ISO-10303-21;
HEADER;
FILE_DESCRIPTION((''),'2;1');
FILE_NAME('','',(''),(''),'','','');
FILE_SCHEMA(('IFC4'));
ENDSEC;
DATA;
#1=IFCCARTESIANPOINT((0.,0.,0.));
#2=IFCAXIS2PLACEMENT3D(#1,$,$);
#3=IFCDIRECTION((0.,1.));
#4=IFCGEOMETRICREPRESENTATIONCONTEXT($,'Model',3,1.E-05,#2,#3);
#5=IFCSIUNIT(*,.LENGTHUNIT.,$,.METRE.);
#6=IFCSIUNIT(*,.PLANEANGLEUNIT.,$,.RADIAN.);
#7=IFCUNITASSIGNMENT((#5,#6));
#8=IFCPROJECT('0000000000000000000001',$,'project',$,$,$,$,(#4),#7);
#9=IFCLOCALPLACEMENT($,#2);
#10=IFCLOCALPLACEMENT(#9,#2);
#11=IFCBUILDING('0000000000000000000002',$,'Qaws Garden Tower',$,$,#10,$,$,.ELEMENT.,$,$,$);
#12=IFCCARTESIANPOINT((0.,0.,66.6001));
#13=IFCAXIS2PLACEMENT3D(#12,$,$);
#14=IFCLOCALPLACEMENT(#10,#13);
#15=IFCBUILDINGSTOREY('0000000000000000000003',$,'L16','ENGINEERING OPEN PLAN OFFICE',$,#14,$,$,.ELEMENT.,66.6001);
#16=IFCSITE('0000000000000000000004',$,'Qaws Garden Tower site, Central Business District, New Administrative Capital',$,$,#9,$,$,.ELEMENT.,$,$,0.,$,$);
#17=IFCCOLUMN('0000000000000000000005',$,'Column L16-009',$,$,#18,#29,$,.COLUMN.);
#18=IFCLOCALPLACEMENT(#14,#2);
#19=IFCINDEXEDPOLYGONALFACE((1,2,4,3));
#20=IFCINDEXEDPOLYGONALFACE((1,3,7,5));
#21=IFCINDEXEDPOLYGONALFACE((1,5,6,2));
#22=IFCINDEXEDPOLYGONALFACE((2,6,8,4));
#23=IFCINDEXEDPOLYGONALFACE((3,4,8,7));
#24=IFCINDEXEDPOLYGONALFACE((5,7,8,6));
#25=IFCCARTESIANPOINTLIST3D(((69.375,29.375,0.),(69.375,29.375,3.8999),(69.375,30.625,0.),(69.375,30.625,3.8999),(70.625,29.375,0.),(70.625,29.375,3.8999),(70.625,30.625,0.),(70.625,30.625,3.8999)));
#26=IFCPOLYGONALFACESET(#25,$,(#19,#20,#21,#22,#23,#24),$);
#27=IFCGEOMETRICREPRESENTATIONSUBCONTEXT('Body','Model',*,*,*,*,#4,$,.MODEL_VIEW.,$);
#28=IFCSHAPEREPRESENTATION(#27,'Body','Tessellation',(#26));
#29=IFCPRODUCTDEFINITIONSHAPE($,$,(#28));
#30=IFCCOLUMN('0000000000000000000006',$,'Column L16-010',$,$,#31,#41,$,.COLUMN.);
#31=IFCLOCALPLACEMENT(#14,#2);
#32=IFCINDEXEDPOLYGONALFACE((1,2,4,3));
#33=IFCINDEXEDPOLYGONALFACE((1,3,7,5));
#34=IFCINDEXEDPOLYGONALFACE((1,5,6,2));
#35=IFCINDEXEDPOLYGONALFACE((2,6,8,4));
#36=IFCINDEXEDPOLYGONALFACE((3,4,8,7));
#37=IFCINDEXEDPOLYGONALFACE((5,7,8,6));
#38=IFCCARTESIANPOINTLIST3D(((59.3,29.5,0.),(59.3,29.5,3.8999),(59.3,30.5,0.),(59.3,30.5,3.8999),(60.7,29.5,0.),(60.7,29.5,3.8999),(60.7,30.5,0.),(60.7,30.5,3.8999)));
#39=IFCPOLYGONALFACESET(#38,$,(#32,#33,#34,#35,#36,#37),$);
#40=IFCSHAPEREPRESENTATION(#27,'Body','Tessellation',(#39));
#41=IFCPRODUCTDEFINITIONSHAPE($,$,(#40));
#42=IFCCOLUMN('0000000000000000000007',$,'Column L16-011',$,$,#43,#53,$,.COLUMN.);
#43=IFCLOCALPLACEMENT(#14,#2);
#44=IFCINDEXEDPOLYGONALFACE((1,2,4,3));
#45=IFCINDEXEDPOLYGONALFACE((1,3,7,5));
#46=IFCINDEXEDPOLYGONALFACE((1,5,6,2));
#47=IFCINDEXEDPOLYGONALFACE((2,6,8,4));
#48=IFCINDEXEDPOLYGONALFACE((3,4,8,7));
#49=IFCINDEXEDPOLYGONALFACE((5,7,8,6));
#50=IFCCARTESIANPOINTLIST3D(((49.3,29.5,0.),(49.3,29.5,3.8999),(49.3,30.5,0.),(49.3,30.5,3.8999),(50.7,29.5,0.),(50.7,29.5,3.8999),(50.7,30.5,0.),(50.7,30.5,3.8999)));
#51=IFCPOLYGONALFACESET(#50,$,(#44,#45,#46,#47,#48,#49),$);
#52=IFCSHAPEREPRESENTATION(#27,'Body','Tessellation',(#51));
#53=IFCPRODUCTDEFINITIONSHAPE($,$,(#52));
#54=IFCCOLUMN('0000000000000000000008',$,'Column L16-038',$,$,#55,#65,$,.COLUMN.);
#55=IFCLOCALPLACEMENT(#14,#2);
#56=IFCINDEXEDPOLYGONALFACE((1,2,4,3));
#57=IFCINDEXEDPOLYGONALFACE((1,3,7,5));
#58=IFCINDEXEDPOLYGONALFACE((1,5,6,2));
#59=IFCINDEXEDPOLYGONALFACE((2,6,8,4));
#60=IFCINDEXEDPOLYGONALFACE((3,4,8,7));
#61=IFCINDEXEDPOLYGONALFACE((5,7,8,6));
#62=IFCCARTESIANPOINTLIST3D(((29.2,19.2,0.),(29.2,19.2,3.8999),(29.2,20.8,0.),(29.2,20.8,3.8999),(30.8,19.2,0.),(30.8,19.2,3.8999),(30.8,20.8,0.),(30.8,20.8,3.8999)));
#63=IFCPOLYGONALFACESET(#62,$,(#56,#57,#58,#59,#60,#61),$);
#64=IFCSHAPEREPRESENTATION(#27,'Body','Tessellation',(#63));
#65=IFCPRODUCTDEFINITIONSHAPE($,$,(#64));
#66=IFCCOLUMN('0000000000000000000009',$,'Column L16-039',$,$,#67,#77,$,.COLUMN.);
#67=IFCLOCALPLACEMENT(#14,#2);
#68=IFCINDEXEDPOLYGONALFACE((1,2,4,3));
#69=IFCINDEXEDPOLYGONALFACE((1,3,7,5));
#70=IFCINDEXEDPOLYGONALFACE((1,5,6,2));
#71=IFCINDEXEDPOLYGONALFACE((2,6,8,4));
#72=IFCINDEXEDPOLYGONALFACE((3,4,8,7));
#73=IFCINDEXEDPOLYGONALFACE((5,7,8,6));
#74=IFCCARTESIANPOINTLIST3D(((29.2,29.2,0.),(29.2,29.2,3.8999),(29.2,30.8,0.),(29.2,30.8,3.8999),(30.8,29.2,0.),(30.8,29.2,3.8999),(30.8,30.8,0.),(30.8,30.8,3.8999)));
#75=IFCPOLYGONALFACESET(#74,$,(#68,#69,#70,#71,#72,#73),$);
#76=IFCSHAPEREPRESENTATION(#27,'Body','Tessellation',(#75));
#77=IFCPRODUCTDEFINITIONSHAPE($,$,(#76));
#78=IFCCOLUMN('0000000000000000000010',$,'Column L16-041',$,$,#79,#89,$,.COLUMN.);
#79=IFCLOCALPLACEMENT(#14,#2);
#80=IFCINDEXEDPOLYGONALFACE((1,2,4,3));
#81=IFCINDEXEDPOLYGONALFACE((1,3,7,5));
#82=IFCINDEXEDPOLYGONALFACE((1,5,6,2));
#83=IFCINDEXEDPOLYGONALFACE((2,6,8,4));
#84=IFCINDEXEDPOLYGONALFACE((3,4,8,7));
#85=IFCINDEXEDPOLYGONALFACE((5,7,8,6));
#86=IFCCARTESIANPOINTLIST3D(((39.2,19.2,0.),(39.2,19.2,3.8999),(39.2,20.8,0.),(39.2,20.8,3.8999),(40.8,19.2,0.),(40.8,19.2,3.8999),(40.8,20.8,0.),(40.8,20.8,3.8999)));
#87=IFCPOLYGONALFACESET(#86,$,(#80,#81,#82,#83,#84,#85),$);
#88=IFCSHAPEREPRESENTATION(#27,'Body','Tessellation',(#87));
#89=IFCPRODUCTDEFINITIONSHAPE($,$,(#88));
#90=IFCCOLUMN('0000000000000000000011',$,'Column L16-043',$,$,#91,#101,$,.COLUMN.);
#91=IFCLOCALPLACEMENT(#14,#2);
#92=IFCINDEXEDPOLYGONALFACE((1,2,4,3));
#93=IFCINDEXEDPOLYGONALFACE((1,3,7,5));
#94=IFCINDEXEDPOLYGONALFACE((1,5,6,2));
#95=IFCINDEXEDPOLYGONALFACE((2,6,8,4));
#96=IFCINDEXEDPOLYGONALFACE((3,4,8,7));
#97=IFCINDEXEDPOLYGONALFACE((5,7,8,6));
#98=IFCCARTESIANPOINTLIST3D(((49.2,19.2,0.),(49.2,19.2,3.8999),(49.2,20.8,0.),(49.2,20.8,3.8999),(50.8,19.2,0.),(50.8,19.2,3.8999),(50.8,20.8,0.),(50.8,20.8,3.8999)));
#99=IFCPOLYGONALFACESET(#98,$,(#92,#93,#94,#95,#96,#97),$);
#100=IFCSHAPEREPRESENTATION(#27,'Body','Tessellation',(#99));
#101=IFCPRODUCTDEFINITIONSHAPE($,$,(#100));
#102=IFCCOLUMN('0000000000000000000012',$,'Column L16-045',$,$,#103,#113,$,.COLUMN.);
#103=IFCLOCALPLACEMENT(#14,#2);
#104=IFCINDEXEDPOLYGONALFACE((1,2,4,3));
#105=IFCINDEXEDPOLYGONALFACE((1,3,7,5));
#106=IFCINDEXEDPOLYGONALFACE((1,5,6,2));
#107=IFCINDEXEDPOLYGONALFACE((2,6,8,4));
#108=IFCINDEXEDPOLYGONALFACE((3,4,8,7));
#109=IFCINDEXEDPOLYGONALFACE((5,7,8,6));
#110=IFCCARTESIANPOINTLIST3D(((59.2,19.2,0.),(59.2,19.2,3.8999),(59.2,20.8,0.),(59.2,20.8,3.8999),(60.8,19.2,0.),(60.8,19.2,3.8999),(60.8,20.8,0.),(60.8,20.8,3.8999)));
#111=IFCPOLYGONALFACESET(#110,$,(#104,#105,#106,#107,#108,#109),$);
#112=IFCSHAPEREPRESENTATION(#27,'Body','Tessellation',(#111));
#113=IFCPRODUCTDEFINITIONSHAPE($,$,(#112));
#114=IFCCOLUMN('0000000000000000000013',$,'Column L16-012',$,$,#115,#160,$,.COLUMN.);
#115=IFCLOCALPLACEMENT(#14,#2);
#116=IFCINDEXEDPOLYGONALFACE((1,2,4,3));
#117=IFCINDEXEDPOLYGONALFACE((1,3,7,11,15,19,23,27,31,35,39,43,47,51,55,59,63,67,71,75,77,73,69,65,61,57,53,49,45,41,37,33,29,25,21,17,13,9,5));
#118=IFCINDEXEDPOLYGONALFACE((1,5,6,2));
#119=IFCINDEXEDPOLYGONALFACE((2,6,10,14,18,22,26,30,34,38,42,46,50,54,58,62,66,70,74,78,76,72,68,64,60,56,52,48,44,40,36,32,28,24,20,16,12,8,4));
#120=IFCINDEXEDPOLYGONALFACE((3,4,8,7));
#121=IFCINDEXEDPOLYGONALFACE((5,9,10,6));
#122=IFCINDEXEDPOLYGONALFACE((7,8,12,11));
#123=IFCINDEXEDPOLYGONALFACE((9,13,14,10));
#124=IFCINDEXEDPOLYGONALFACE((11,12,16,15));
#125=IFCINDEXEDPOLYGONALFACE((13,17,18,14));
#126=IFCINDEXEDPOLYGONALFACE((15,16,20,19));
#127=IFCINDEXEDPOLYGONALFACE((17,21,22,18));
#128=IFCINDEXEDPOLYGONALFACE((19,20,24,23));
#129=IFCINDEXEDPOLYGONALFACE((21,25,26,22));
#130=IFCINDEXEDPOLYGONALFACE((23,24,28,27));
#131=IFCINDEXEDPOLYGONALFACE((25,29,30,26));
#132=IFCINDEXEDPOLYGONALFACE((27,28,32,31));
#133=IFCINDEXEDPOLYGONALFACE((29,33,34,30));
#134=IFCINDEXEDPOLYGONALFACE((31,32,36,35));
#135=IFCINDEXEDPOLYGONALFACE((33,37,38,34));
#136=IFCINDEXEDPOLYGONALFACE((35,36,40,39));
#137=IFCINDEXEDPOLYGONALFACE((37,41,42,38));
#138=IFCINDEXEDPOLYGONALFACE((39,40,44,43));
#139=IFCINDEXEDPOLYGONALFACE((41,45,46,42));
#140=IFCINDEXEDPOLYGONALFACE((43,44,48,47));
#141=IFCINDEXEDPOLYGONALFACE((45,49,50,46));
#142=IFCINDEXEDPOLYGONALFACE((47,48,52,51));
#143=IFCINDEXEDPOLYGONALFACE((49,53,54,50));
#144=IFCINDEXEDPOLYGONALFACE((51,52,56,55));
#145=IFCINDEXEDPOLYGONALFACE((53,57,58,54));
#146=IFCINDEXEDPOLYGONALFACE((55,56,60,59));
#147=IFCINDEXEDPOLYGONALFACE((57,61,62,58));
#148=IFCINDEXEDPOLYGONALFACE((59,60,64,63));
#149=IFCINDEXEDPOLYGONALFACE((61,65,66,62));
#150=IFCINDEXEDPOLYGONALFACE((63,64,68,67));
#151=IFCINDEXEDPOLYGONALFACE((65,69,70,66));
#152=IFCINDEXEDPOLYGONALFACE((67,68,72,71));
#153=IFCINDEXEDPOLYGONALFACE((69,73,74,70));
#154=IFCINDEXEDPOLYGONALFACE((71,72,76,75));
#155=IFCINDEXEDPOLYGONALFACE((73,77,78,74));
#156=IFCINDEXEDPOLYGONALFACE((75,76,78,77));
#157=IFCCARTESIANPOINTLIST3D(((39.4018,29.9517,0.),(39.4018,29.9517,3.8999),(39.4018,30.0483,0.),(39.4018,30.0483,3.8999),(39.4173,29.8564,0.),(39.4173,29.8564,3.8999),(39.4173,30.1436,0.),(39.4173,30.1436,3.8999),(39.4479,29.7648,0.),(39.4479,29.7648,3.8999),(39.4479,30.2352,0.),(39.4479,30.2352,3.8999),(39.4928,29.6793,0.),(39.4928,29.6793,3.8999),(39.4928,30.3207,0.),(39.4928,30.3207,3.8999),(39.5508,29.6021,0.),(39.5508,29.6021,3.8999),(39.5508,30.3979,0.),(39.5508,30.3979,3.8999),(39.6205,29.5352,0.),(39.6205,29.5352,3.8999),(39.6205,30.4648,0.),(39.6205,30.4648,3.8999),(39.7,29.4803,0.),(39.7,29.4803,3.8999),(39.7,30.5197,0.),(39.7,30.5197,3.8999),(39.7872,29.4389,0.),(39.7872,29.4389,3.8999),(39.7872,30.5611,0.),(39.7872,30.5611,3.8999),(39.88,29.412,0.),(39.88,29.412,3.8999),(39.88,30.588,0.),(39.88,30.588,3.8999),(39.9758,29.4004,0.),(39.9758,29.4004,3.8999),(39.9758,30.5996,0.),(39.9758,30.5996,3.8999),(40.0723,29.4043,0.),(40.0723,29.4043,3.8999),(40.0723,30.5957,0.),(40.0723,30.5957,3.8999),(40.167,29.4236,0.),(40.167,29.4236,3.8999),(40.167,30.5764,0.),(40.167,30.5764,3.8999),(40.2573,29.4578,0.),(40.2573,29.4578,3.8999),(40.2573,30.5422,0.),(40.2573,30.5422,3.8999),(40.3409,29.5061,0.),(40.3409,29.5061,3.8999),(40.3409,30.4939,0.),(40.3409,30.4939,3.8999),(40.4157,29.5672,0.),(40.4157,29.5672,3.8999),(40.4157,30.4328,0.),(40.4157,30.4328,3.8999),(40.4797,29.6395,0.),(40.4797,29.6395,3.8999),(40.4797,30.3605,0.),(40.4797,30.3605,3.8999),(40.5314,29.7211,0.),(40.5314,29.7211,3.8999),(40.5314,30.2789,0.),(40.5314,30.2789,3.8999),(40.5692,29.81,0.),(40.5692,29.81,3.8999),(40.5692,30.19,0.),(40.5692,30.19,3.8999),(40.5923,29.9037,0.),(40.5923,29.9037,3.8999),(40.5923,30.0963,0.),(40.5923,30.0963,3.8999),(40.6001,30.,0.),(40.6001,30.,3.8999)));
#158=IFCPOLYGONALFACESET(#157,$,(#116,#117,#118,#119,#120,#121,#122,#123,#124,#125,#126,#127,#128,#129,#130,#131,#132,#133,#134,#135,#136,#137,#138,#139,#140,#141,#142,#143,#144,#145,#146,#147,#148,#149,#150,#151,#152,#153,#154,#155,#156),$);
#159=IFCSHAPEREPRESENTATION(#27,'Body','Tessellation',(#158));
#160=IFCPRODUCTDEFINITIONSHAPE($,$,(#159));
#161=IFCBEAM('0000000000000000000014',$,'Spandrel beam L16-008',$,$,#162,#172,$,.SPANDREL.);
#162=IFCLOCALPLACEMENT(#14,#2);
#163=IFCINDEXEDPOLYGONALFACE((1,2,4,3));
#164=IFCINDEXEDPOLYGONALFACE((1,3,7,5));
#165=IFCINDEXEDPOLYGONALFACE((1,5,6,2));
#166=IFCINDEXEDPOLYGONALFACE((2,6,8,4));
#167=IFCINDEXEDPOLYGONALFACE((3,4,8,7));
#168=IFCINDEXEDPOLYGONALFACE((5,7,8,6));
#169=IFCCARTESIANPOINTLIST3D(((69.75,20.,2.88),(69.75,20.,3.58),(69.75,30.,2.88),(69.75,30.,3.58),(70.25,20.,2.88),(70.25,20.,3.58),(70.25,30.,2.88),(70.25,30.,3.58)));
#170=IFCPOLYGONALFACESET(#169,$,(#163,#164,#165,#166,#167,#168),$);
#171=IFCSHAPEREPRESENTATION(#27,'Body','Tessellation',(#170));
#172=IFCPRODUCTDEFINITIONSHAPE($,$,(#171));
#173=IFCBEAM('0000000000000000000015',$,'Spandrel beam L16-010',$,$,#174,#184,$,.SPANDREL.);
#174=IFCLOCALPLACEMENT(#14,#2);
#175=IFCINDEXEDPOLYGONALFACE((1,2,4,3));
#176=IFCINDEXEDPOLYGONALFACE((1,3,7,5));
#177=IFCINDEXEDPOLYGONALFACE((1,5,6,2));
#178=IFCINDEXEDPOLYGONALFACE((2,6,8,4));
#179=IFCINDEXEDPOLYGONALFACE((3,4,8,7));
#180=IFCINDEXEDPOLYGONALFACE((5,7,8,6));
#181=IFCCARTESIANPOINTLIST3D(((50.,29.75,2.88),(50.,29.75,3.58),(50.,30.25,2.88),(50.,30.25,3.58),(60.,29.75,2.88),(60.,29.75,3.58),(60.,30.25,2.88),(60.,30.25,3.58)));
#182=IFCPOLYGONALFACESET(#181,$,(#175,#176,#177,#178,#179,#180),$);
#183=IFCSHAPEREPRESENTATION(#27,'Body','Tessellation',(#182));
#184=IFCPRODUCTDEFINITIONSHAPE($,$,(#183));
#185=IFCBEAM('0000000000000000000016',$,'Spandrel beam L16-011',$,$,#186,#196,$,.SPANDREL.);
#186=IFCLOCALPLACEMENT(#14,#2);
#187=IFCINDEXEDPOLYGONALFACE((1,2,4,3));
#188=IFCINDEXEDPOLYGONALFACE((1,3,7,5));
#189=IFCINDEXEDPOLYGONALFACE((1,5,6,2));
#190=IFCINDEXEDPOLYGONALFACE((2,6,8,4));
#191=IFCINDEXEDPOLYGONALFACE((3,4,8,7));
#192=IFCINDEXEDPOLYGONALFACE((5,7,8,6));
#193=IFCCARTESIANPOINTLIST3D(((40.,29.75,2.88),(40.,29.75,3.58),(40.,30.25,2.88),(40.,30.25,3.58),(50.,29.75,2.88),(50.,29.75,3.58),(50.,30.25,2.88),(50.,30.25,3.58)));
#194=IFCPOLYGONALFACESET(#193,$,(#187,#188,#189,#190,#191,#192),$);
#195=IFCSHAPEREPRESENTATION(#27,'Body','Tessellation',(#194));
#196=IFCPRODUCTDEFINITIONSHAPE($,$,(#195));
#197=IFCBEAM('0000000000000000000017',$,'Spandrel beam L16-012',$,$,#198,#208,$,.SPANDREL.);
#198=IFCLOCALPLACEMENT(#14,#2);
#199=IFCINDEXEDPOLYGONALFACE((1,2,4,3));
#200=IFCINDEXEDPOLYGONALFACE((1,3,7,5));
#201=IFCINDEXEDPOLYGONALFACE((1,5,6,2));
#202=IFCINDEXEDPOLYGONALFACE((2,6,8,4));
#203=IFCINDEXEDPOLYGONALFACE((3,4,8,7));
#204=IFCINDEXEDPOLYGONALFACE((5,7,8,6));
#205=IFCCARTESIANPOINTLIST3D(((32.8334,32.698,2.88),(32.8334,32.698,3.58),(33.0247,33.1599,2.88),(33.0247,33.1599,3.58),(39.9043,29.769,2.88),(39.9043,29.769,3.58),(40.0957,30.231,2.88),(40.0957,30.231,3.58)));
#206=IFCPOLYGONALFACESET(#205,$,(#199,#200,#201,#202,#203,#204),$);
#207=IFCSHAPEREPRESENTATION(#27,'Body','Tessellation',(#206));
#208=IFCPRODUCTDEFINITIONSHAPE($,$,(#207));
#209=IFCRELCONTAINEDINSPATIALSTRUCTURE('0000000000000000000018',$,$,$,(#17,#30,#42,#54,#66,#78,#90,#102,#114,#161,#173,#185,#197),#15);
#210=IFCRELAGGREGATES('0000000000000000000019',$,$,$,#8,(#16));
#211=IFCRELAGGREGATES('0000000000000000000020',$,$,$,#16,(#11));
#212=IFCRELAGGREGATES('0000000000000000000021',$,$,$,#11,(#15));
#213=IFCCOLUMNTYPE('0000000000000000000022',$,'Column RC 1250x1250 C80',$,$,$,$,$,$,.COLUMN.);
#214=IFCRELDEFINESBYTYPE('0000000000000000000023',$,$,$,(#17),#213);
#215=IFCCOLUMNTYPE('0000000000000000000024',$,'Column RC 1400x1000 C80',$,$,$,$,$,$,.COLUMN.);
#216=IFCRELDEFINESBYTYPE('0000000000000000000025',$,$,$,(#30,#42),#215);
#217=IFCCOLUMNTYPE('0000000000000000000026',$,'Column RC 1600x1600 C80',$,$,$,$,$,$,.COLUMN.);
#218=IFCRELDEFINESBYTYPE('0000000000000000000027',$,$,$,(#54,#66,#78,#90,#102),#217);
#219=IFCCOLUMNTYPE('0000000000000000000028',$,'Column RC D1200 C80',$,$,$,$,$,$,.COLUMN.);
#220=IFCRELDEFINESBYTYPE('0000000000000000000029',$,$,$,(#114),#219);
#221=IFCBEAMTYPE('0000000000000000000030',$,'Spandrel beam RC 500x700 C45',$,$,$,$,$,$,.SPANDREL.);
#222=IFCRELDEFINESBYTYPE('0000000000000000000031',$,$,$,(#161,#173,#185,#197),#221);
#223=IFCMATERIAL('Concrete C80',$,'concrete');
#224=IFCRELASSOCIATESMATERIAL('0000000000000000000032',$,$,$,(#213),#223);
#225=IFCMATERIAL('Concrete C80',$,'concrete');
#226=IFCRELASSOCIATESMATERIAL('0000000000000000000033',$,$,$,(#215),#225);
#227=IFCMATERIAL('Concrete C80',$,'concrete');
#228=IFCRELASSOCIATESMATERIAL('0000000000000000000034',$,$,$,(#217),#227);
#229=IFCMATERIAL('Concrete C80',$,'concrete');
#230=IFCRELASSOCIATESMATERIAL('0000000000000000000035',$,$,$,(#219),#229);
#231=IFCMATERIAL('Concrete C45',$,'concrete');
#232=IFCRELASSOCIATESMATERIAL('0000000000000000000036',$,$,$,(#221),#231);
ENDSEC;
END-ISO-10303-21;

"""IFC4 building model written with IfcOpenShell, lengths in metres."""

from ifc_helpers import new_model, si_unit, direction, frame, origin, origin_2d, place, context, subcontext, project, spatial, rectangle, circle, extrude, material, material_profile, profile_set, type_object, element, save


model = new_model("IFC4")

# Units and contexts
model_context = context("Model", 3, precision=1e-05, world=origin(), true_north=direction((0.0, 1.0)))
body_context = subcontext(model_context, "Body", "Model", "MODEL_VIEW")
ifc_project = project(units=[si_unit("LENGTHUNIT", "METRE"), si_unit("PLANEANGLEUNIT", "RADIAN")], contexts=[model_context])

# Site, building, storey
site_placement = place(None, origin())
site = spatial("IfcSite", under=ifc_project, at=site_placement, Name="Qaws Garden Tower site, Central Business District, New Administrative Capital", CompositionType="ELEMENT", RefElevation=0.0)
building_placement = place(site_placement, origin())
building = spatial("IfcBuilding", under=site, at=building_placement, Name="Qaws Garden Tower", CompositionType="ELEMENT")
storey_placement = place(building_placement, frame((0.0, 0.0, 66.6001)))
storey = spatial("IfcBuildingStorey", under=building, at=storey_placement, Name="L16", Description="ENGINEERING OPEN PLAN OFFICE", CompositionType="ELEMENT", Elevation=66.6001)

# Columns
ifc_material_1 = material(Name="Concrete C80", Category="concrete")
ifc_material_profile_1 = material_profile(ifc_material_1, rectangle(XDim=1.25, YDim=1.25, at=origin_2d()), Name="RC 1250x1250")
ifc_profile_set_1 = profile_set([ifc_material_profile_1], Name="Concrete C80")
column_type_1 = type_object("IfcColumnType", Name="Column RC 1250x1250 C80", PredefinedType="COLUMN", material=ifc_profile_set_1)
column_1_placement = place(storey_placement, frame((70.0, 30.0, 0.0), z_axis=(0.0, 0.0, 1.0), x_axis=(1.0, 0.0, 0.0)))
element("IfcColumn", 1, at=column_1_placement, inside=storey, type_object=column_type_1, Name="Column L16-009", PredefinedType="COLUMN", context=body_context, shape_type="SweptSolid", body=[
    extrude(rectangle(XDim=1.25, YDim=1.25, at=origin_2d()), origin(), (0.0, 0.0, 1.0), 3.8999),
])
ifc_material_2 = material(Name="Concrete C80", Category="concrete")
ifc_material_profile_2 = material_profile(ifc_material_2, rectangle(XDim=1.3999, YDim=1.0, at=origin_2d()), Name="RC 1400x1000")
ifc_profile_set_2 = profile_set([ifc_material_profile_2], Name="Concrete C80")
column_type_2 = type_object("IfcColumnType", Name="Column RC 1400x1000 C80", PredefinedType="COLUMN", material=ifc_profile_set_2)
for number, where, z_axis, x_axis, name in (
    (2, (60.0, 30.0, 0.0), (0.0, 0.0, 1.0), (1.0, 0.0, 0.0), "Column L16-010"),
    (3, (50.0, 30.0, 0.0), (0.0, 0.0, 1.0), (1.0, 0.0, 0.0), "Column L16-011"),
):
    element("IfcColumn", number, at=place(storey_placement, frame(where, z_axis=z_axis, x_axis=x_axis)), inside=storey, type_object=column_type_2, Name=name, PredefinedType="COLUMN", context=body_context, shape_type="SweptSolid", body=[
        extrude(rectangle(XDim=1.3999, YDim=1.0, at=origin_2d()), origin(), (0.0, 0.0, 1.0), 3.8999),
    ])
ifc_material_3 = material(Name="Concrete C80", Category="concrete")
ifc_material_profile_3 = material_profile(ifc_material_3, rectangle(XDim=1.6001, YDim=1.6001, at=origin_2d()), Name="RC 1600x1600")
ifc_profile_set_3 = profile_set([ifc_material_profile_3], Name="Concrete C80")
column_type_3 = type_object("IfcColumnType", Name="Column RC 1600x1600 C80", PredefinedType="COLUMN", material=ifc_profile_set_3)
for number, where, z_axis, x_axis, name in (
    (4, (30.0, 20.0, 0.0), (0.0, 0.0, 1.0), (1.0, 0.0, 0.0), "Column L16-038"),
    (5, (30.0, 30.0, 0.0), (0.0, 0.0, 1.0), (1.0, 0.0, 0.0), "Column L16-039"),
    (6, (40.0, 20.0, 0.0), (0.0, 0.0, 1.0), (1.0, 0.0, 0.0), "Column L16-041"),
    (7, (50.0, 20.0, 0.0), (0.0, 0.0, 1.0), (1.0, 0.0, 0.0), "Column L16-043"),
    (8, (60.0, 20.0, 0.0), (0.0, 0.0, 1.0), (1.0, 0.0, 0.0), "Column L16-045"),
):
    element("IfcColumn", number, at=place(storey_placement, frame(where, z_axis=z_axis, x_axis=x_axis)), inside=storey, type_object=column_type_3, Name=name, PredefinedType="COLUMN", context=body_context, shape_type="SweptSolid", body=[
        extrude(rectangle(XDim=1.6001, YDim=1.6001, at=origin_2d()), origin(), (0.0, 0.0, 1.0), 3.8999),
    ])
ifc_material_4 = material(Name="Concrete C80", Category="concrete")
ifc_material_profile_4 = material_profile(ifc_material_4, circle(Radius=0.6001, at=origin_2d()), Name="RC D1200")
ifc_profile_set_4 = profile_set([ifc_material_profile_4], Name="Concrete C80")
column_type_4 = type_object("IfcColumnType", Name="Column RC D1200 C80", PredefinedType="COLUMN", material=ifc_profile_set_4)
column_2_placement = place(storey_placement, frame((40.0, 30.0, 0.0), z_axis=(0.0, 0.0, 1.0), x_axis=(1.0, 0.0, 0.0)))
element("IfcColumn", 9, at=column_2_placement, inside=storey, type_object=column_type_4, Name="Column L16-012", PredefinedType="COLUMN", context=body_context, shape_type="SweptSolid", body=[
    extrude(circle(Radius=0.6001, at=origin_2d()), origin(), (0.0, 0.0, 1.0), 3.8999),
])

# Beams
ifc_material_5 = material(Name="Concrete C45", Category="concrete")
ifc_material_profile_5 = material_profile(ifc_material_5, rectangle(XDim=0.5, YDim=0.7, at=origin_2d()), Name="RC 500x700")
ifc_profile_set_5 = profile_set([ifc_material_profile_5], Name="Concrete C45")
beam_type = type_object("IfcBeamType", Name="Spandrel beam RC 500x700 C45", PredefinedType="SPANDREL", material=ifc_profile_set_5)
for number, where, z_axis, x_axis, name in (
    (10, (70.0, 20.0, 3.23), (0.0, 1.0, 0.0), (-1.0, 0.0, 0.0), "Spandrel beam L16-008"),
    (11, (60.0, 30.0, 3.23), (-1.0, 0.0, 0.0), (0.0, -1.0, 0.0), "Spandrel beam L16-010"),
    (12, (50.0, 30.0, 3.23), (-1.0, 0.0, 0.0), (0.0, -1.0, 0.0), "Spandrel beam L16-011"),
):
    element("IfcBeam", number, at=place(storey_placement, frame(where, z_axis=z_axis, x_axis=x_axis)), inside=storey, type_object=beam_type, Name=name, PredefinedType="SPANDREL", context=body_context, shape_type="SweptSolid", body=[
        extrude(rectangle(XDim=0.5, YDim=0.7, at=origin_2d()), origin(), (0.0, 0.0, 1.0), 10.0),
    ])
beam_placement = place(storey_placement, frame((40.0, 30.0, 3.23), z_axis=(-0.923878, 0.382687, 0.0), x_axis=(-0.382687, -0.923878, 0.0)))
element("IfcBeam", 13, at=beam_placement, inside=storey, type_object=beam_type, Name="Spandrel beam L16-012", PredefinedType="SPANDREL", context=body_context, shape_type="SweptSolid", body=[
    extrude(rectangle(XDim=0.5, YDim=0.7, at=origin_2d()), origin(), (0.0, 0.0, 1.0), 7.6536),
])

save(model, "model.ifc")
